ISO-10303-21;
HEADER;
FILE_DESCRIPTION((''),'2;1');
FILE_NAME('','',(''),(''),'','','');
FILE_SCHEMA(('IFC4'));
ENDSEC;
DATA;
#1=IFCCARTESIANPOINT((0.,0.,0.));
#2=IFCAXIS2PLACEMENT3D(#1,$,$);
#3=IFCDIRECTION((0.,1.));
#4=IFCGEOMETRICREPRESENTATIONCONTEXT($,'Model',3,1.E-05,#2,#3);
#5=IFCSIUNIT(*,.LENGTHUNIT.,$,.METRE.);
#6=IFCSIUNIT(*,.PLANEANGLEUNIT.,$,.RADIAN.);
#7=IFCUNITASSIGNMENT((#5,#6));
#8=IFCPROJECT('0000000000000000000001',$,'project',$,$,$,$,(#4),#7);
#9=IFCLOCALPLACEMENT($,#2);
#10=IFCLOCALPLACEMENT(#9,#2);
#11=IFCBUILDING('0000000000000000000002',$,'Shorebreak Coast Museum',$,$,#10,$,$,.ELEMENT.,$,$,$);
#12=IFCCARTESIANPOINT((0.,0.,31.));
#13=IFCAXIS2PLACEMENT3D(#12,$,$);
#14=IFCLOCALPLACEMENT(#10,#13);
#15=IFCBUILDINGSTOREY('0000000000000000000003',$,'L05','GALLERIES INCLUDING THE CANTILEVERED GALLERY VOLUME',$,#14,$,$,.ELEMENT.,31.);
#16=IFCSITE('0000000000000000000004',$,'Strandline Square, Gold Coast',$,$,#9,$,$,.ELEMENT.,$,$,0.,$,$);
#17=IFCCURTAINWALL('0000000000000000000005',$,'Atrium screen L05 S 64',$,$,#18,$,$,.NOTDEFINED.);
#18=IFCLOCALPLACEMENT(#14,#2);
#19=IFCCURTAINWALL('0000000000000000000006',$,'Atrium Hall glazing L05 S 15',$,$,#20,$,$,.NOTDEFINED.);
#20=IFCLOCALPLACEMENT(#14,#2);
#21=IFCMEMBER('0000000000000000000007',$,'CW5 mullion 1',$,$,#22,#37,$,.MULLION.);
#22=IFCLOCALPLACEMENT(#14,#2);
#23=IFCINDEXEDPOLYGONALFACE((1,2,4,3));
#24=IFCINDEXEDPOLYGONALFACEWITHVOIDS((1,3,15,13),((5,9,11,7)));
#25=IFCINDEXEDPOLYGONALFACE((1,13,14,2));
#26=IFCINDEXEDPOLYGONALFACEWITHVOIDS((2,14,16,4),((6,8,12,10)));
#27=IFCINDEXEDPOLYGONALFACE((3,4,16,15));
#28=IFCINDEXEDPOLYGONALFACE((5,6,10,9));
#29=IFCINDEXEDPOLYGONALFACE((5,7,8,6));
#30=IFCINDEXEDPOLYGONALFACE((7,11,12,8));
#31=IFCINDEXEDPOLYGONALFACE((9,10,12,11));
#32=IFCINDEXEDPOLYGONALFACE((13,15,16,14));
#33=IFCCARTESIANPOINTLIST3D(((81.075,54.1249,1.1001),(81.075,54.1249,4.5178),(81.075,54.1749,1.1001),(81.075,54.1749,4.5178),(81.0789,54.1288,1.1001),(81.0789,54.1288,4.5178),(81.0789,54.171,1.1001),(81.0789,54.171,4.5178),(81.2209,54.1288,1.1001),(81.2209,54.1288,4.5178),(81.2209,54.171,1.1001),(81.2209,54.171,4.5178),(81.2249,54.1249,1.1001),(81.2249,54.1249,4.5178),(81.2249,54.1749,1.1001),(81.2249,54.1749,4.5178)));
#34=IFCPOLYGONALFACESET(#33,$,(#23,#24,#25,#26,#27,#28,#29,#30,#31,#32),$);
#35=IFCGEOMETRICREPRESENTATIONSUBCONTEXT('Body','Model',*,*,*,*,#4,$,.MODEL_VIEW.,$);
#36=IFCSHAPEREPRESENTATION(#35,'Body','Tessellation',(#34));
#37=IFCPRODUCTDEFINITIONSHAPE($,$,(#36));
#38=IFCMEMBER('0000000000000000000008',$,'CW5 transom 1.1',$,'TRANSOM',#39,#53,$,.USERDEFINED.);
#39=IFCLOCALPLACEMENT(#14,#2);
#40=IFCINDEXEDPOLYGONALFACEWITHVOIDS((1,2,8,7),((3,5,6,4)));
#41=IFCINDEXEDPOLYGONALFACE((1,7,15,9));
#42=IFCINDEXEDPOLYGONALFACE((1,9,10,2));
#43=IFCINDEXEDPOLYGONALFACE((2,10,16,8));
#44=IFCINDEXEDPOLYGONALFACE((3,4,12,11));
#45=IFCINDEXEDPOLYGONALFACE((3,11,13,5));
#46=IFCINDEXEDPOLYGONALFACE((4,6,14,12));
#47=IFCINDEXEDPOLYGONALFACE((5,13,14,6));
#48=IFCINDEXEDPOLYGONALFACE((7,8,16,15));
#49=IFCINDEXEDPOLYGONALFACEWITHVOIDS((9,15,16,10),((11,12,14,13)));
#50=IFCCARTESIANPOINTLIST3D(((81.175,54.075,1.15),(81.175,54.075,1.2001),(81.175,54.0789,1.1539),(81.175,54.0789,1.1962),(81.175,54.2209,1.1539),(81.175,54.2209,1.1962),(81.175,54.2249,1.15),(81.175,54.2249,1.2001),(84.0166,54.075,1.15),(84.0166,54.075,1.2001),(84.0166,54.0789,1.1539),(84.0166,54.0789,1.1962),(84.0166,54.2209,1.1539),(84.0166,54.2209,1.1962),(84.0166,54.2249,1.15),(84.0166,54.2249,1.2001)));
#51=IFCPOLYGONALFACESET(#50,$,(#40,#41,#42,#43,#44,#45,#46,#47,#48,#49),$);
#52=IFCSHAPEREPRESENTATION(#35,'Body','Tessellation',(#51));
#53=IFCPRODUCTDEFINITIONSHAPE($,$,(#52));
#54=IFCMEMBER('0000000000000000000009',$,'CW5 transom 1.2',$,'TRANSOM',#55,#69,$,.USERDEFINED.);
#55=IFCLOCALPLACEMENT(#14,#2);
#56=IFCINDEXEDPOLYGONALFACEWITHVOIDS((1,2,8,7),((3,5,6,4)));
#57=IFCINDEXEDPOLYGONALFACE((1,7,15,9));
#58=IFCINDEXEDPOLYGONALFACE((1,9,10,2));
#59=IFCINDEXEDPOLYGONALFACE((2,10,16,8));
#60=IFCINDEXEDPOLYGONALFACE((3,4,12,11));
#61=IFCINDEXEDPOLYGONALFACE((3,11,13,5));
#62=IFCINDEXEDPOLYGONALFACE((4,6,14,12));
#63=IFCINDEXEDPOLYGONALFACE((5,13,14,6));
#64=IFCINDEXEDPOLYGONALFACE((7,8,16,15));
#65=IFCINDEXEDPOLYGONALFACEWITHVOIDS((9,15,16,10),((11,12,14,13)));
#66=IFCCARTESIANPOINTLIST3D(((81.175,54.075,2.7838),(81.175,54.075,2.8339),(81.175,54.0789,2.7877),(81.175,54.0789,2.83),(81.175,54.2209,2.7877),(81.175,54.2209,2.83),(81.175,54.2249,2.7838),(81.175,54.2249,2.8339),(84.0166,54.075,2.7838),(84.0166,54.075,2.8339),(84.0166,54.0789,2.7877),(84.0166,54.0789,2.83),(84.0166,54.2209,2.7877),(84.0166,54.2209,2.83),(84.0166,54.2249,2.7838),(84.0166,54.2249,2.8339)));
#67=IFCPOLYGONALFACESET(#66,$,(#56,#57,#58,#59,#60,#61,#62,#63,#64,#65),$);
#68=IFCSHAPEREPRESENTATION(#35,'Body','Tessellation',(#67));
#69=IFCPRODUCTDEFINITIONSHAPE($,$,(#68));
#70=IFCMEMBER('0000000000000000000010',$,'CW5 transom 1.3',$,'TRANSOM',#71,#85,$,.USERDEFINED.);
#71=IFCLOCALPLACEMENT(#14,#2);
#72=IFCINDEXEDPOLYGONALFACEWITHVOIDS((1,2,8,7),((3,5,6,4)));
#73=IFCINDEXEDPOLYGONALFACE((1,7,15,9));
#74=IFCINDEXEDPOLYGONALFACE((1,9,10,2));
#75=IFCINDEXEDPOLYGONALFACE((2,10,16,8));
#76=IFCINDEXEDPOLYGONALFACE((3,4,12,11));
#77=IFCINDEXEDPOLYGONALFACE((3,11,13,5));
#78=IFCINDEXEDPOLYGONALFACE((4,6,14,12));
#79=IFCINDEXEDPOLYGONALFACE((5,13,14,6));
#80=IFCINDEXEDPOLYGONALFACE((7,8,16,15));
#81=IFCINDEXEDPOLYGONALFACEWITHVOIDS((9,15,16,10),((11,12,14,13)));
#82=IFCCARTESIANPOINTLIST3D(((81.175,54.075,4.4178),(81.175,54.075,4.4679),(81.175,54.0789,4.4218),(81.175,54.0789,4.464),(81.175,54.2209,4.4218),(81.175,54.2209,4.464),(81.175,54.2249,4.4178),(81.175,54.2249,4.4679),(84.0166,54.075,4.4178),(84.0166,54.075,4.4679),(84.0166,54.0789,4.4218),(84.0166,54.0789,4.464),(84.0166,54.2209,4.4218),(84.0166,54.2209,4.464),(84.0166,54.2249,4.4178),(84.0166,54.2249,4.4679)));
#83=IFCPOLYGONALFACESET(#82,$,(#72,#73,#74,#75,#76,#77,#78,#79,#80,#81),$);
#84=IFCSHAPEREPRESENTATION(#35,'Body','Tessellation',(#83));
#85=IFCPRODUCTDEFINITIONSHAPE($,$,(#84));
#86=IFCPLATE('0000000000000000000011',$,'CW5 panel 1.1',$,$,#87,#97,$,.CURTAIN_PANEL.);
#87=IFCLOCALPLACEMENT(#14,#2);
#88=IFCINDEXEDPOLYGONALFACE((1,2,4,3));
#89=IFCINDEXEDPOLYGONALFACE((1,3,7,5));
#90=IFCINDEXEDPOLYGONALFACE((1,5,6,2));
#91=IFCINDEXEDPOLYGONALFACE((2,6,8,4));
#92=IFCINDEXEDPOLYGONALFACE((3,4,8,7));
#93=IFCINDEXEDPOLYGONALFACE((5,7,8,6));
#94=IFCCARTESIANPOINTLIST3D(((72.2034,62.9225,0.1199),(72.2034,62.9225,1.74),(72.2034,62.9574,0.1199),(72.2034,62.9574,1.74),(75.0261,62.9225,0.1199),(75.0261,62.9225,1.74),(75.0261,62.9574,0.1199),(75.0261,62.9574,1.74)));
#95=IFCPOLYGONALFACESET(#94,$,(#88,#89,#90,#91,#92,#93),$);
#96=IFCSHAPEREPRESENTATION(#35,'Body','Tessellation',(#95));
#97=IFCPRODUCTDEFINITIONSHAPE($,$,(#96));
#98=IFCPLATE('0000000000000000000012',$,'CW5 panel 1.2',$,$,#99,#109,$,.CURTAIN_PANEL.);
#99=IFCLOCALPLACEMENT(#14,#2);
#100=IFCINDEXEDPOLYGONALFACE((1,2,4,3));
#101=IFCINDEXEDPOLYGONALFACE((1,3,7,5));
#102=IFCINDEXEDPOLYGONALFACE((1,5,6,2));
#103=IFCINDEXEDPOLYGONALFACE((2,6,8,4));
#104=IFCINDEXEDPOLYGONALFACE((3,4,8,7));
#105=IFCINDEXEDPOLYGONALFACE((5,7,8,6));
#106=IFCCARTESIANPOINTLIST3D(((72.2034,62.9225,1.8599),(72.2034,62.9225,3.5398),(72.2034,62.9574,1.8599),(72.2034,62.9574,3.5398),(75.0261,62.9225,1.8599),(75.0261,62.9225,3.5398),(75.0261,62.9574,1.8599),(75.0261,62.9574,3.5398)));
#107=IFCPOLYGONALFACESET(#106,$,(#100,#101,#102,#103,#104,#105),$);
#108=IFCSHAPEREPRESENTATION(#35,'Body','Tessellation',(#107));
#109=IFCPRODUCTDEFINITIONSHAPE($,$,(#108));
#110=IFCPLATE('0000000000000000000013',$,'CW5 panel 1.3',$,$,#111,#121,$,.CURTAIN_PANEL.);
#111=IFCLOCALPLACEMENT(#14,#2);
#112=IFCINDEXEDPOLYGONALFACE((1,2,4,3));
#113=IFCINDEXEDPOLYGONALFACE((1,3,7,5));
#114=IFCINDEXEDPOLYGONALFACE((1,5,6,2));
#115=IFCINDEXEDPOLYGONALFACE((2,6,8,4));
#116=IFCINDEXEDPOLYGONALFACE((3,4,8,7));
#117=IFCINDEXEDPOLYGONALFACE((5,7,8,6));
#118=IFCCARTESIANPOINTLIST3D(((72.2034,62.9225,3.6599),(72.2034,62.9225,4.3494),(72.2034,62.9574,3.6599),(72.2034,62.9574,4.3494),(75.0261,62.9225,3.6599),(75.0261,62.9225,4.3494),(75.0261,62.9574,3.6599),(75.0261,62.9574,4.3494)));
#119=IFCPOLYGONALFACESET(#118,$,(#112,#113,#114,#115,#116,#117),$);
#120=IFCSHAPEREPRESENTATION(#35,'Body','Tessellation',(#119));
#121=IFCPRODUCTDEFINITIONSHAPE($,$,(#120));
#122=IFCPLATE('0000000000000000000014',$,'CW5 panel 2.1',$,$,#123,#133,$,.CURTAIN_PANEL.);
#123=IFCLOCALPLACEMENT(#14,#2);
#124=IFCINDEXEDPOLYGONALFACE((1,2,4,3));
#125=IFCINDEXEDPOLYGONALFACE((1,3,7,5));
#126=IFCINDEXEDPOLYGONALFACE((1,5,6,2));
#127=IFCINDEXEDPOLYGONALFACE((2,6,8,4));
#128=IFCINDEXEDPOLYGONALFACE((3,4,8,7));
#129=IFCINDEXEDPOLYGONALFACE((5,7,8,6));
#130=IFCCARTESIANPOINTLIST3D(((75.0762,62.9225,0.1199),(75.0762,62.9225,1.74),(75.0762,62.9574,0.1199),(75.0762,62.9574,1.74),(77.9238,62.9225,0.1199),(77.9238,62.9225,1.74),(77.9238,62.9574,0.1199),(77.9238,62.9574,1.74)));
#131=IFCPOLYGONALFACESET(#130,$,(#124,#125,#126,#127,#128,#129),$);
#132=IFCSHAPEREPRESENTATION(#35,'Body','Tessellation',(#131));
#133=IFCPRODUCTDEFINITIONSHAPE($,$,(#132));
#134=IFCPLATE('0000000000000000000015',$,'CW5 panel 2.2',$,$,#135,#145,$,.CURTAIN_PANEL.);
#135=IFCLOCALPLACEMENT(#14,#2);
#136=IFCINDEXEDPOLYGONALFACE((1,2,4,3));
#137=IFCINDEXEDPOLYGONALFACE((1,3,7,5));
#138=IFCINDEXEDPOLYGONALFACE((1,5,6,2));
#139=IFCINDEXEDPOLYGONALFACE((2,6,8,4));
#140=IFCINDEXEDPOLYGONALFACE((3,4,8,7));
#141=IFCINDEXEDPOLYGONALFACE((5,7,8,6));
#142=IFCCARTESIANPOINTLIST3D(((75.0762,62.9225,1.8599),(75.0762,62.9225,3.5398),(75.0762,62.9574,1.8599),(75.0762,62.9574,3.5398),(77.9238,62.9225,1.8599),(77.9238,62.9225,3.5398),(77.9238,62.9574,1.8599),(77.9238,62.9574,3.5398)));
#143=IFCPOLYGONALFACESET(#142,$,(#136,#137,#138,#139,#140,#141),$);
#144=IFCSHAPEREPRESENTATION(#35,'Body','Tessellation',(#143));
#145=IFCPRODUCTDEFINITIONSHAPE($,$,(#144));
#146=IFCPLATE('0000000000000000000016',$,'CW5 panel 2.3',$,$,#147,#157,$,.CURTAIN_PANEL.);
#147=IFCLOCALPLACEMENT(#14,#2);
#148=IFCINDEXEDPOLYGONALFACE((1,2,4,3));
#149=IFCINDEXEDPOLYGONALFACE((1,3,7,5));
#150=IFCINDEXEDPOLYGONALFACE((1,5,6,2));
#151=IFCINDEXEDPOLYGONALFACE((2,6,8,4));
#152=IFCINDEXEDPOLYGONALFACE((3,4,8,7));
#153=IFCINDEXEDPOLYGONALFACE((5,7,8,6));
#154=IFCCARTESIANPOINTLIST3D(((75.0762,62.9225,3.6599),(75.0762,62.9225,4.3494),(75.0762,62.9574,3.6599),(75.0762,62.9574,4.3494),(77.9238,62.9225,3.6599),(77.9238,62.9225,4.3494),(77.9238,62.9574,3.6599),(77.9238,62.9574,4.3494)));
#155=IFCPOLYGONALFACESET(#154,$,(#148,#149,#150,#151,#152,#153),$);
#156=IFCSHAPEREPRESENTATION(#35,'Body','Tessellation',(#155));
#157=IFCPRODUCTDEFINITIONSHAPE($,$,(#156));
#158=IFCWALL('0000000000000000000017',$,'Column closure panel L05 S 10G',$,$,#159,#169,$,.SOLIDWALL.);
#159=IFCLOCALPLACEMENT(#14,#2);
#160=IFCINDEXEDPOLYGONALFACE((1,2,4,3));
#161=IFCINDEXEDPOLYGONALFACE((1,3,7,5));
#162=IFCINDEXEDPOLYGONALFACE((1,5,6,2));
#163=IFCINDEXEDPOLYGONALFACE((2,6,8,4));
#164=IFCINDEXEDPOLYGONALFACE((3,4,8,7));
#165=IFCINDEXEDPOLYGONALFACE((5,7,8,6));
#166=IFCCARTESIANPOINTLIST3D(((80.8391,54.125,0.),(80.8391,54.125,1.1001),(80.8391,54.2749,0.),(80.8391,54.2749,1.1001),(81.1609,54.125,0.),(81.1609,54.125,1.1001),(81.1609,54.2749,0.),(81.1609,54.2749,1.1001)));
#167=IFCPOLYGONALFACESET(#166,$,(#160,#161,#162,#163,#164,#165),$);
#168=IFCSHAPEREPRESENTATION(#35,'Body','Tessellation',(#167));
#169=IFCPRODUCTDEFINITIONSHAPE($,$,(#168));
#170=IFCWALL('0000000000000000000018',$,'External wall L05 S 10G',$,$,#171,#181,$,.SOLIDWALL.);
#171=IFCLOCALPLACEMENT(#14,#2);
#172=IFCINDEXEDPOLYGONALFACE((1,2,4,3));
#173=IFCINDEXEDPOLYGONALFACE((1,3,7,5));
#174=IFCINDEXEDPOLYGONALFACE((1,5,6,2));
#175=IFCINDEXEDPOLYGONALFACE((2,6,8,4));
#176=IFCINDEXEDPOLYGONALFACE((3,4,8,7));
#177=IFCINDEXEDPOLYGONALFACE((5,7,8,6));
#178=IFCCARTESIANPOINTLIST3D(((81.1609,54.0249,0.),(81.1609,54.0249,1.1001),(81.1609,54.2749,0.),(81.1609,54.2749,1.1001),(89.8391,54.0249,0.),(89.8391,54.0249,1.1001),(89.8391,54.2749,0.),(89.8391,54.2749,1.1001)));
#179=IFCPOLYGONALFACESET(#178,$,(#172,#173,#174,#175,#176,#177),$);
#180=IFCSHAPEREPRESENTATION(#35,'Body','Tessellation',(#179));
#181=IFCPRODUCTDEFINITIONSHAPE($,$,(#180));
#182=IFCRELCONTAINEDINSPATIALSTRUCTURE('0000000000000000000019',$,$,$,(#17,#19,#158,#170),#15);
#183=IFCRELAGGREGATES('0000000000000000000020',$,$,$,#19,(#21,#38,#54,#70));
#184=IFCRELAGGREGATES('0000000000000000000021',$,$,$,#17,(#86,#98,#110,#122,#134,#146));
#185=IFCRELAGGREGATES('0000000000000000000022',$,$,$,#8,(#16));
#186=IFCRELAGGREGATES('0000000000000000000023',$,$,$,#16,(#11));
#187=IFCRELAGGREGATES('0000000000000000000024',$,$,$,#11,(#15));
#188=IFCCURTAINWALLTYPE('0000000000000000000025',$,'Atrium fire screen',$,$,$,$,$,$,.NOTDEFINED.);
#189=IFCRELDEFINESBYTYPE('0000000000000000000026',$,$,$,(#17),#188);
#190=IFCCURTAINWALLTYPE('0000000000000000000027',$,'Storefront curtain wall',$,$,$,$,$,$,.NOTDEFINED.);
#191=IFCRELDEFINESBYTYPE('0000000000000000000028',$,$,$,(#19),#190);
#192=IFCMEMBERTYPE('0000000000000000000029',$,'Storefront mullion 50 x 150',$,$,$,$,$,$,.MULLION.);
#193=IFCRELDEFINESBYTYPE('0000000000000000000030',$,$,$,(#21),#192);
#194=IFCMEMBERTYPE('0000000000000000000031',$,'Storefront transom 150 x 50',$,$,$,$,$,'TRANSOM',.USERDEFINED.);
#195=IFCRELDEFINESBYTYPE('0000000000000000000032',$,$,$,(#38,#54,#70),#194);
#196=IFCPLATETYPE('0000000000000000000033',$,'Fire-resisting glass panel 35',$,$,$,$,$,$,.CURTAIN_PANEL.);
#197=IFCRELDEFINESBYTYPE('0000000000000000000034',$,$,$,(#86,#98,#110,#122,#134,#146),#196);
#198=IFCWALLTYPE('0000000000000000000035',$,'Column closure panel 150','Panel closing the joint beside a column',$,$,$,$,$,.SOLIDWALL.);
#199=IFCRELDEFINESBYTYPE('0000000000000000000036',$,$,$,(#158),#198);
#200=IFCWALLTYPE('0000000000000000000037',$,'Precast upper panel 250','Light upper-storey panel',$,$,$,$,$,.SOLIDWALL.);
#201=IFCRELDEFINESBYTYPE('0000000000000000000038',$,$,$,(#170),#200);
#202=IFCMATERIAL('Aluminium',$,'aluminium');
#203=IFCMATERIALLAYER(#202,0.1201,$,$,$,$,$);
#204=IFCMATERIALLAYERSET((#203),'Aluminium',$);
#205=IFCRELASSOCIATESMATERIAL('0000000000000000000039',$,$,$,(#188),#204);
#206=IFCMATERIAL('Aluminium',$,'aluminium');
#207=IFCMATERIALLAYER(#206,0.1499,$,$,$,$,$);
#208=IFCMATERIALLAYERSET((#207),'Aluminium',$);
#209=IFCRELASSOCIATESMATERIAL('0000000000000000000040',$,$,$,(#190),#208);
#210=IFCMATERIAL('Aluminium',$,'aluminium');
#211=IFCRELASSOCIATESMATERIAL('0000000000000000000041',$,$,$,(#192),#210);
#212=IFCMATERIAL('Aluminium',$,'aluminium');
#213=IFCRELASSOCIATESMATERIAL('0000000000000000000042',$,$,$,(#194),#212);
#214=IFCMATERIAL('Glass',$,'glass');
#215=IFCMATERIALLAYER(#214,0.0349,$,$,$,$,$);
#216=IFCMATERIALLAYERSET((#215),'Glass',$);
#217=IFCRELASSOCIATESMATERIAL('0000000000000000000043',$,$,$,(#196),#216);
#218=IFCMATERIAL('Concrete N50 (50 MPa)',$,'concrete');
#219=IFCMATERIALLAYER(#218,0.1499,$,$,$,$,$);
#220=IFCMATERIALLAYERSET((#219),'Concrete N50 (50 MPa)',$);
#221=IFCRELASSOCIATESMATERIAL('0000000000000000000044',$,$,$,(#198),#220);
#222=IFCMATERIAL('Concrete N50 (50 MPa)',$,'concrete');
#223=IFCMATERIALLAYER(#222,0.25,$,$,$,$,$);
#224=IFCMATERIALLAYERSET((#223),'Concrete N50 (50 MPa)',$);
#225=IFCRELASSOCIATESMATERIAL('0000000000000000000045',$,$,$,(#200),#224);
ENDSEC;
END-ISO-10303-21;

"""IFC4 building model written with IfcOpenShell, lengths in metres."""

from ifc_helpers import new_model, si_unit, direction, frame, frame_2d, origin, origin_2d, place, context, subcontext, project, spatial, rectangle, hollow_rectangle, extrude, material, layer, layer_set, material_profile, profile_set, type_object, element, aggregate, save


model = new_model("IFC4")

# Units and contexts
model_context = context("Model", 3, precision=1e-05, world=origin(), true_north=direction((0.0, 1.0)))
body_context = subcontext(model_context, "Body", "Model", "MODEL_VIEW")
ifc_project = project(units=[si_unit("LENGTHUNIT", "METRE"), si_unit("PLANEANGLEUNIT", "RADIAN")], contexts=[model_context])

# Site, building, storey
site_placement = place(None, origin())
site = spatial("IfcSite", under=ifc_project, at=site_placement, Name="Strandline Square, Gold Coast", CompositionType="ELEMENT", RefElevation=0.0)
building_placement = place(site_placement, origin())
building = spatial("IfcBuilding", under=site, at=building_placement, Name="Shorebreak Coast Museum", CompositionType="ELEMENT")
storey_placement = place(building_placement, frame((0.0, 0.0, 31.0)))
storey = spatial("IfcBuildingStorey", under=building, at=storey_placement, Name="L05", Description="GALLERIES INCLUDING THE CANTILEVERED GALLERY VOLUME", CompositionType="ELEMENT", Elevation=31.0)

# Curtain wall
ifc_material_1 = material(Name="Aluminium", Category="aluminium")
ifc_layer_1 = layer(ifc_material_1, 0.1201)
ifc_layer_set_1 = layer_set([ifc_layer_1], Name="Aluminium")
curtain_wall_type_1 = type_object("IfcCurtainWallType", Name="Atrium fire screen", PredefinedType="NOTDEFINED", material=ifc_layer_set_1)
curtain_wall_1_placement = place(storey_placement, origin())
curtain_wall_1 = element("IfcCurtainWall", 1, at=curtain_wall_1_placement, inside=storey, type_object=curtain_wall_type_1, Name="Atrium screen L05 S 64", PredefinedType="NOTDEFINED")

# Shared definitions
ifc_material_2 = material(Name="Aluminium", Category="aluminium")
ifc_layer_2 = layer(ifc_material_2, 0.1499)
ifc_layer_set_2 = layer_set([ifc_layer_2], Name="Aluminium")
curtain_wall_type_2 = type_object("IfcCurtainWallType", Name="Storefront curtain wall", PredefinedType="NOTDEFINED", material=ifc_layer_set_2)
ifc_material_3 = material(Name="Aluminium", Category="aluminium")
ifc_material_profile_1 = material_profile(ifc_material_3, hollow_rectangle(XDim=0.05, YDim=0.1499, WallThickness=0.0039, at=origin_2d()), Name="AL 150x50 RHS")
ifc_profile_set_1 = profile_set([ifc_material_profile_1], Name="Aluminium")
member_type_1 = type_object("IfcMemberType", Name="Storefront mullion 50 x 150", PredefinedType="MULLION", material=ifc_profile_set_1)

# Curtain wall, members
curtain_wall_2_placement = place(storey_placement, origin())
curtain_wall_2 = element("IfcCurtainWall", 2, at=curtain_wall_2_placement, inside=storey, type_object=curtain_wall_type_2, Name="Atrium Hall glazing L05 S 15", PredefinedType="NOTDEFINED")
member_1_placement = place(storey_placement, frame((81.1499, 54.1499, 1.1001), z_axis=(0.0, 0.0, 1.0), x_axis=(0.0, 1.0, 0.0)))
member_1 = element("IfcMember", 3, at=member_1_placement, type_object=member_type_1, Name="CW5 mullion 1", PredefinedType="MULLION", context=body_context, shape_type="SweptSolid", body=[
    extrude(hollow_rectangle(XDim=0.05, YDim=0.1499, WallThickness=0.0039, at=origin_2d()), origin(), (0.0, 0.0, 1.0), 3.4177),
])
ifc_material_4 = material(Name="Aluminium", Category="aluminium")
ifc_material_profile_2 = material_profile(ifc_material_4, hollow_rectangle(XDim=0.1499, YDim=0.05, WallThickness=0.0039, at=origin_2d()), Name="AL 50x150 RHS")
ifc_profile_set_2 = profile_set([ifc_material_profile_2], Name="Aluminium")
member_type_2 = type_object("IfcMemberType", Name="Storefront transom 150 x 50", ElementType="TRANSOM", PredefinedType="USERDEFINED", material=ifc_profile_set_2)
member_2_placement = place(storey_placement, frame((81.175, 54.1499, 1.175), z_axis=(1.0, 0.0, 0.0), x_axis=(0.0, 1.0, 0.0)))
member_2 = element("IfcMember", 4, at=member_2_placement, type_object=member_type_2, Name="CW5 transom 1.1", ObjectType="TRANSOM", PredefinedType="USERDEFINED", context=body_context, shape_type="SweptSolid", body=[
    extrude(hollow_rectangle(XDim=0.1499, YDim=0.05, WallThickness=0.0039, at=origin_2d()), origin(), (0.0, 0.0, 1.0), 2.8416),
])
member_3_placement = place(storey_placement, frame((81.175, 54.1499, 2.8088), z_axis=(1.0, 0.0, 0.0), x_axis=(0.0, 1.0, 0.0)))
member_3 = element("IfcMember", 5, at=member_3_placement, type_object=member_type_2, Name="CW5 transom 1.2", ObjectType="TRANSOM", PredefinedType="USERDEFINED", context=body_context, shape_type="SweptSolid", body=[
    extrude(hollow_rectangle(XDim=0.1499, YDim=0.05, WallThickness=0.0039, at=origin_2d()), origin(), (0.0, 0.0, 1.0), 2.8416),
])
member_4_placement = place(storey_placement, frame((81.175, 54.1499, 4.4429), z_axis=(1.0, 0.0, 0.0), x_axis=(0.0, 1.0, 0.0)))
member_4 = element("IfcMember", 6, at=member_4_placement, type_object=member_type_2, Name="CW5 transom 1.3", ObjectType="TRANSOM", PredefinedType="USERDEFINED", context=body_context, shape_type="SweptSolid", body=[
    extrude(hollow_rectangle(XDim=0.1499, YDim=0.05, WallThickness=0.0039, at=origin_2d()), origin(), (0.0, 0.0, 1.0), 2.8416),
])
aggregate(curtain_wall_2, [member_1, member_2, member_3, member_4])

# Plates
ifc_material_5 = material(Name="Glass", Category="glass")
ifc_layer_3 = layer(ifc_material_5, 0.0349)
ifc_layer_set_3 = layer_set([ifc_layer_3], Name="Glass")
plate_type = type_object("IfcPlateType", Name="Fire-resisting glass panel 35", PredefinedType="CURTAIN_PANEL", material=ifc_layer_set_3)
plate_1_placement = place(storey_placement, frame((73.6147, 62.9399, 0.1199), z_axis=(0.0, 0.0, 1.0), x_axis=(1.0, 0.0, 0.0)))
plate_1 = element("IfcPlate", 7, at=plate_1_placement, type_object=plate_type, Name="CW5 panel 1.1", PredefinedType="CURTAIN_PANEL", context=body_context, shape_type="SweptSolid", body=[
    extrude(rectangle(XDim=2.8228, YDim=0.0349, at=origin_2d()), origin(), (0.0, 0.0, 1.0), 1.6201),
])
plate_2_placement = place(storey_placement, frame((73.6147, 62.9399, 1.8599), z_axis=(0.0, 0.0, 1.0), x_axis=(1.0, 0.0, 0.0)))
plate_2 = element("IfcPlate", 8, at=plate_2_placement, type_object=plate_type, Name="CW5 panel 1.2", PredefinedType="CURTAIN_PANEL", context=body_context, shape_type="SweptSolid", body=[
    extrude(rectangle(XDim=2.8228, YDim=0.0349, at=origin_2d()), origin(), (0.0, 0.0, 1.0), 1.6799),
])
plate_3_placement = place(storey_placement, frame((73.6147, 62.9399, 3.6599), z_axis=(0.0, 0.0, 1.0), x_axis=(1.0, 0.0, 0.0)))
plate_3 = element("IfcPlate", 9, at=plate_3_placement, type_object=plate_type, Name="CW5 panel 1.3", PredefinedType="CURTAIN_PANEL", context=body_context, shape_type="SweptSolid", body=[
    extrude(rectangle(XDim=2.8228, YDim=0.0349, at=origin_2d()), origin(), (0.0, 0.0, 1.0), 0.6895),
])
plate_4_placement = place(storey_placement, frame((76.5, 62.9399, 0.1199), z_axis=(0.0, 0.0, 1.0), x_axis=(1.0, 0.0, 0.0)))
plate_4 = element("IfcPlate", 10, at=plate_4_placement, type_object=plate_type, Name="CW5 panel 2.1", PredefinedType="CURTAIN_PANEL", context=body_context, shape_type="SweptSolid", body=[
    extrude(rectangle(XDim=2.8477, YDim=0.0349, at=origin_2d()), origin(), (0.0, 0.0, 1.0), 1.6201),
])
plate_5_placement = place(storey_placement, frame((76.5, 62.9399, 1.8599), z_axis=(0.0, 0.0, 1.0), x_axis=(1.0, 0.0, 0.0)))
plate_5 = element("IfcPlate", 11, at=plate_5_placement, type_object=plate_type, Name="CW5 panel 2.2", PredefinedType="CURTAIN_PANEL", context=body_context, shape_type="SweptSolid", body=[
    extrude(rectangle(XDim=2.8477, YDim=0.0349, at=origin_2d()), origin(), (0.0, 0.0, 1.0), 1.6799),
])
plate_6_placement = place(storey_placement, frame((76.5, 62.9399, 3.6599), z_axis=(0.0, 0.0, 1.0), x_axis=(1.0, 0.0, 0.0)))
plate_6 = element("IfcPlate", 12, at=plate_6_placement, type_object=plate_type, Name="CW5 panel 2.3", PredefinedType="CURTAIN_PANEL", context=body_context, shape_type="SweptSolid", body=[
    extrude(rectangle(XDim=2.8477, YDim=0.0349, at=origin_2d()), origin(), (0.0, 0.0, 1.0), 0.6895),
])
aggregate(curtain_wall_1, [plate_1, plate_2, plate_3, plate_4, plate_5, plate_6])

# Walls
ifc_material_6 = material(Name="Concrete N50 (50 MPa)", Category="concrete")
ifc_layer_4 = layer(ifc_material_6, 0.1499)
ifc_layer_set_4 = layer_set([ifc_layer_4], Name="Concrete N50 (50 MPa)")
wall_type_1 = type_object("IfcWallType", Name="Column closure panel 150", Description="Panel closing the joint beside a column", PredefinedType="SOLIDWALL", material=ifc_layer_set_4)
wall_1_placement = place(storey_placement, frame((80.8391, 54.2, 0.0), z_axis=(0.0, 0.0, 1.0), x_axis=(1.0, 0.0, 0.0)))
element("IfcWall", 13, at=wall_1_placement, inside=storey, type_object=wall_type_1, Name="Column closure panel L05 S 10G", PredefinedType="SOLIDWALL", context=body_context, shape_type="SweptSolid", body=[
    extrude(rectangle(XDim=0.3218, YDim=0.1499, at=frame_2d((0.1609, 0.0))), origin(), (0.0, 0.0, 1.0), 1.1001),
])
ifc_material_7 = material(Name="Concrete N50 (50 MPa)", Category="concrete")
ifc_layer_5 = layer(ifc_material_7, 0.25)
ifc_layer_set_5 = layer_set([ifc_layer_5], Name="Concrete N50 (50 MPa)")
wall_type_2 = type_object("IfcWallType", Name="Precast upper panel 250", Description="Light upper-storey panel", PredefinedType="SOLIDWALL", material=ifc_layer_set_5)
wall_2_placement = place(storey_placement, frame((81.1609, 54.1499, 0.0), z_axis=(0.0, 0.0, 1.0), x_axis=(1.0, 0.0, 0.0)))
element("IfcWall", 14, at=wall_2_placement, inside=storey, type_object=wall_type_2, Name="External wall L05 S 10G", PredefinedType="SOLIDWALL", context=body_context, shape_type="SweptSolid", body=[
    extrude(rectangle(XDim=8.6782, YDim=0.25, at=frame_2d((4.3391, 0.0))), origin(), (0.0, 0.0, 1.0), 1.1001),
])

save(model, "model.ifc")
